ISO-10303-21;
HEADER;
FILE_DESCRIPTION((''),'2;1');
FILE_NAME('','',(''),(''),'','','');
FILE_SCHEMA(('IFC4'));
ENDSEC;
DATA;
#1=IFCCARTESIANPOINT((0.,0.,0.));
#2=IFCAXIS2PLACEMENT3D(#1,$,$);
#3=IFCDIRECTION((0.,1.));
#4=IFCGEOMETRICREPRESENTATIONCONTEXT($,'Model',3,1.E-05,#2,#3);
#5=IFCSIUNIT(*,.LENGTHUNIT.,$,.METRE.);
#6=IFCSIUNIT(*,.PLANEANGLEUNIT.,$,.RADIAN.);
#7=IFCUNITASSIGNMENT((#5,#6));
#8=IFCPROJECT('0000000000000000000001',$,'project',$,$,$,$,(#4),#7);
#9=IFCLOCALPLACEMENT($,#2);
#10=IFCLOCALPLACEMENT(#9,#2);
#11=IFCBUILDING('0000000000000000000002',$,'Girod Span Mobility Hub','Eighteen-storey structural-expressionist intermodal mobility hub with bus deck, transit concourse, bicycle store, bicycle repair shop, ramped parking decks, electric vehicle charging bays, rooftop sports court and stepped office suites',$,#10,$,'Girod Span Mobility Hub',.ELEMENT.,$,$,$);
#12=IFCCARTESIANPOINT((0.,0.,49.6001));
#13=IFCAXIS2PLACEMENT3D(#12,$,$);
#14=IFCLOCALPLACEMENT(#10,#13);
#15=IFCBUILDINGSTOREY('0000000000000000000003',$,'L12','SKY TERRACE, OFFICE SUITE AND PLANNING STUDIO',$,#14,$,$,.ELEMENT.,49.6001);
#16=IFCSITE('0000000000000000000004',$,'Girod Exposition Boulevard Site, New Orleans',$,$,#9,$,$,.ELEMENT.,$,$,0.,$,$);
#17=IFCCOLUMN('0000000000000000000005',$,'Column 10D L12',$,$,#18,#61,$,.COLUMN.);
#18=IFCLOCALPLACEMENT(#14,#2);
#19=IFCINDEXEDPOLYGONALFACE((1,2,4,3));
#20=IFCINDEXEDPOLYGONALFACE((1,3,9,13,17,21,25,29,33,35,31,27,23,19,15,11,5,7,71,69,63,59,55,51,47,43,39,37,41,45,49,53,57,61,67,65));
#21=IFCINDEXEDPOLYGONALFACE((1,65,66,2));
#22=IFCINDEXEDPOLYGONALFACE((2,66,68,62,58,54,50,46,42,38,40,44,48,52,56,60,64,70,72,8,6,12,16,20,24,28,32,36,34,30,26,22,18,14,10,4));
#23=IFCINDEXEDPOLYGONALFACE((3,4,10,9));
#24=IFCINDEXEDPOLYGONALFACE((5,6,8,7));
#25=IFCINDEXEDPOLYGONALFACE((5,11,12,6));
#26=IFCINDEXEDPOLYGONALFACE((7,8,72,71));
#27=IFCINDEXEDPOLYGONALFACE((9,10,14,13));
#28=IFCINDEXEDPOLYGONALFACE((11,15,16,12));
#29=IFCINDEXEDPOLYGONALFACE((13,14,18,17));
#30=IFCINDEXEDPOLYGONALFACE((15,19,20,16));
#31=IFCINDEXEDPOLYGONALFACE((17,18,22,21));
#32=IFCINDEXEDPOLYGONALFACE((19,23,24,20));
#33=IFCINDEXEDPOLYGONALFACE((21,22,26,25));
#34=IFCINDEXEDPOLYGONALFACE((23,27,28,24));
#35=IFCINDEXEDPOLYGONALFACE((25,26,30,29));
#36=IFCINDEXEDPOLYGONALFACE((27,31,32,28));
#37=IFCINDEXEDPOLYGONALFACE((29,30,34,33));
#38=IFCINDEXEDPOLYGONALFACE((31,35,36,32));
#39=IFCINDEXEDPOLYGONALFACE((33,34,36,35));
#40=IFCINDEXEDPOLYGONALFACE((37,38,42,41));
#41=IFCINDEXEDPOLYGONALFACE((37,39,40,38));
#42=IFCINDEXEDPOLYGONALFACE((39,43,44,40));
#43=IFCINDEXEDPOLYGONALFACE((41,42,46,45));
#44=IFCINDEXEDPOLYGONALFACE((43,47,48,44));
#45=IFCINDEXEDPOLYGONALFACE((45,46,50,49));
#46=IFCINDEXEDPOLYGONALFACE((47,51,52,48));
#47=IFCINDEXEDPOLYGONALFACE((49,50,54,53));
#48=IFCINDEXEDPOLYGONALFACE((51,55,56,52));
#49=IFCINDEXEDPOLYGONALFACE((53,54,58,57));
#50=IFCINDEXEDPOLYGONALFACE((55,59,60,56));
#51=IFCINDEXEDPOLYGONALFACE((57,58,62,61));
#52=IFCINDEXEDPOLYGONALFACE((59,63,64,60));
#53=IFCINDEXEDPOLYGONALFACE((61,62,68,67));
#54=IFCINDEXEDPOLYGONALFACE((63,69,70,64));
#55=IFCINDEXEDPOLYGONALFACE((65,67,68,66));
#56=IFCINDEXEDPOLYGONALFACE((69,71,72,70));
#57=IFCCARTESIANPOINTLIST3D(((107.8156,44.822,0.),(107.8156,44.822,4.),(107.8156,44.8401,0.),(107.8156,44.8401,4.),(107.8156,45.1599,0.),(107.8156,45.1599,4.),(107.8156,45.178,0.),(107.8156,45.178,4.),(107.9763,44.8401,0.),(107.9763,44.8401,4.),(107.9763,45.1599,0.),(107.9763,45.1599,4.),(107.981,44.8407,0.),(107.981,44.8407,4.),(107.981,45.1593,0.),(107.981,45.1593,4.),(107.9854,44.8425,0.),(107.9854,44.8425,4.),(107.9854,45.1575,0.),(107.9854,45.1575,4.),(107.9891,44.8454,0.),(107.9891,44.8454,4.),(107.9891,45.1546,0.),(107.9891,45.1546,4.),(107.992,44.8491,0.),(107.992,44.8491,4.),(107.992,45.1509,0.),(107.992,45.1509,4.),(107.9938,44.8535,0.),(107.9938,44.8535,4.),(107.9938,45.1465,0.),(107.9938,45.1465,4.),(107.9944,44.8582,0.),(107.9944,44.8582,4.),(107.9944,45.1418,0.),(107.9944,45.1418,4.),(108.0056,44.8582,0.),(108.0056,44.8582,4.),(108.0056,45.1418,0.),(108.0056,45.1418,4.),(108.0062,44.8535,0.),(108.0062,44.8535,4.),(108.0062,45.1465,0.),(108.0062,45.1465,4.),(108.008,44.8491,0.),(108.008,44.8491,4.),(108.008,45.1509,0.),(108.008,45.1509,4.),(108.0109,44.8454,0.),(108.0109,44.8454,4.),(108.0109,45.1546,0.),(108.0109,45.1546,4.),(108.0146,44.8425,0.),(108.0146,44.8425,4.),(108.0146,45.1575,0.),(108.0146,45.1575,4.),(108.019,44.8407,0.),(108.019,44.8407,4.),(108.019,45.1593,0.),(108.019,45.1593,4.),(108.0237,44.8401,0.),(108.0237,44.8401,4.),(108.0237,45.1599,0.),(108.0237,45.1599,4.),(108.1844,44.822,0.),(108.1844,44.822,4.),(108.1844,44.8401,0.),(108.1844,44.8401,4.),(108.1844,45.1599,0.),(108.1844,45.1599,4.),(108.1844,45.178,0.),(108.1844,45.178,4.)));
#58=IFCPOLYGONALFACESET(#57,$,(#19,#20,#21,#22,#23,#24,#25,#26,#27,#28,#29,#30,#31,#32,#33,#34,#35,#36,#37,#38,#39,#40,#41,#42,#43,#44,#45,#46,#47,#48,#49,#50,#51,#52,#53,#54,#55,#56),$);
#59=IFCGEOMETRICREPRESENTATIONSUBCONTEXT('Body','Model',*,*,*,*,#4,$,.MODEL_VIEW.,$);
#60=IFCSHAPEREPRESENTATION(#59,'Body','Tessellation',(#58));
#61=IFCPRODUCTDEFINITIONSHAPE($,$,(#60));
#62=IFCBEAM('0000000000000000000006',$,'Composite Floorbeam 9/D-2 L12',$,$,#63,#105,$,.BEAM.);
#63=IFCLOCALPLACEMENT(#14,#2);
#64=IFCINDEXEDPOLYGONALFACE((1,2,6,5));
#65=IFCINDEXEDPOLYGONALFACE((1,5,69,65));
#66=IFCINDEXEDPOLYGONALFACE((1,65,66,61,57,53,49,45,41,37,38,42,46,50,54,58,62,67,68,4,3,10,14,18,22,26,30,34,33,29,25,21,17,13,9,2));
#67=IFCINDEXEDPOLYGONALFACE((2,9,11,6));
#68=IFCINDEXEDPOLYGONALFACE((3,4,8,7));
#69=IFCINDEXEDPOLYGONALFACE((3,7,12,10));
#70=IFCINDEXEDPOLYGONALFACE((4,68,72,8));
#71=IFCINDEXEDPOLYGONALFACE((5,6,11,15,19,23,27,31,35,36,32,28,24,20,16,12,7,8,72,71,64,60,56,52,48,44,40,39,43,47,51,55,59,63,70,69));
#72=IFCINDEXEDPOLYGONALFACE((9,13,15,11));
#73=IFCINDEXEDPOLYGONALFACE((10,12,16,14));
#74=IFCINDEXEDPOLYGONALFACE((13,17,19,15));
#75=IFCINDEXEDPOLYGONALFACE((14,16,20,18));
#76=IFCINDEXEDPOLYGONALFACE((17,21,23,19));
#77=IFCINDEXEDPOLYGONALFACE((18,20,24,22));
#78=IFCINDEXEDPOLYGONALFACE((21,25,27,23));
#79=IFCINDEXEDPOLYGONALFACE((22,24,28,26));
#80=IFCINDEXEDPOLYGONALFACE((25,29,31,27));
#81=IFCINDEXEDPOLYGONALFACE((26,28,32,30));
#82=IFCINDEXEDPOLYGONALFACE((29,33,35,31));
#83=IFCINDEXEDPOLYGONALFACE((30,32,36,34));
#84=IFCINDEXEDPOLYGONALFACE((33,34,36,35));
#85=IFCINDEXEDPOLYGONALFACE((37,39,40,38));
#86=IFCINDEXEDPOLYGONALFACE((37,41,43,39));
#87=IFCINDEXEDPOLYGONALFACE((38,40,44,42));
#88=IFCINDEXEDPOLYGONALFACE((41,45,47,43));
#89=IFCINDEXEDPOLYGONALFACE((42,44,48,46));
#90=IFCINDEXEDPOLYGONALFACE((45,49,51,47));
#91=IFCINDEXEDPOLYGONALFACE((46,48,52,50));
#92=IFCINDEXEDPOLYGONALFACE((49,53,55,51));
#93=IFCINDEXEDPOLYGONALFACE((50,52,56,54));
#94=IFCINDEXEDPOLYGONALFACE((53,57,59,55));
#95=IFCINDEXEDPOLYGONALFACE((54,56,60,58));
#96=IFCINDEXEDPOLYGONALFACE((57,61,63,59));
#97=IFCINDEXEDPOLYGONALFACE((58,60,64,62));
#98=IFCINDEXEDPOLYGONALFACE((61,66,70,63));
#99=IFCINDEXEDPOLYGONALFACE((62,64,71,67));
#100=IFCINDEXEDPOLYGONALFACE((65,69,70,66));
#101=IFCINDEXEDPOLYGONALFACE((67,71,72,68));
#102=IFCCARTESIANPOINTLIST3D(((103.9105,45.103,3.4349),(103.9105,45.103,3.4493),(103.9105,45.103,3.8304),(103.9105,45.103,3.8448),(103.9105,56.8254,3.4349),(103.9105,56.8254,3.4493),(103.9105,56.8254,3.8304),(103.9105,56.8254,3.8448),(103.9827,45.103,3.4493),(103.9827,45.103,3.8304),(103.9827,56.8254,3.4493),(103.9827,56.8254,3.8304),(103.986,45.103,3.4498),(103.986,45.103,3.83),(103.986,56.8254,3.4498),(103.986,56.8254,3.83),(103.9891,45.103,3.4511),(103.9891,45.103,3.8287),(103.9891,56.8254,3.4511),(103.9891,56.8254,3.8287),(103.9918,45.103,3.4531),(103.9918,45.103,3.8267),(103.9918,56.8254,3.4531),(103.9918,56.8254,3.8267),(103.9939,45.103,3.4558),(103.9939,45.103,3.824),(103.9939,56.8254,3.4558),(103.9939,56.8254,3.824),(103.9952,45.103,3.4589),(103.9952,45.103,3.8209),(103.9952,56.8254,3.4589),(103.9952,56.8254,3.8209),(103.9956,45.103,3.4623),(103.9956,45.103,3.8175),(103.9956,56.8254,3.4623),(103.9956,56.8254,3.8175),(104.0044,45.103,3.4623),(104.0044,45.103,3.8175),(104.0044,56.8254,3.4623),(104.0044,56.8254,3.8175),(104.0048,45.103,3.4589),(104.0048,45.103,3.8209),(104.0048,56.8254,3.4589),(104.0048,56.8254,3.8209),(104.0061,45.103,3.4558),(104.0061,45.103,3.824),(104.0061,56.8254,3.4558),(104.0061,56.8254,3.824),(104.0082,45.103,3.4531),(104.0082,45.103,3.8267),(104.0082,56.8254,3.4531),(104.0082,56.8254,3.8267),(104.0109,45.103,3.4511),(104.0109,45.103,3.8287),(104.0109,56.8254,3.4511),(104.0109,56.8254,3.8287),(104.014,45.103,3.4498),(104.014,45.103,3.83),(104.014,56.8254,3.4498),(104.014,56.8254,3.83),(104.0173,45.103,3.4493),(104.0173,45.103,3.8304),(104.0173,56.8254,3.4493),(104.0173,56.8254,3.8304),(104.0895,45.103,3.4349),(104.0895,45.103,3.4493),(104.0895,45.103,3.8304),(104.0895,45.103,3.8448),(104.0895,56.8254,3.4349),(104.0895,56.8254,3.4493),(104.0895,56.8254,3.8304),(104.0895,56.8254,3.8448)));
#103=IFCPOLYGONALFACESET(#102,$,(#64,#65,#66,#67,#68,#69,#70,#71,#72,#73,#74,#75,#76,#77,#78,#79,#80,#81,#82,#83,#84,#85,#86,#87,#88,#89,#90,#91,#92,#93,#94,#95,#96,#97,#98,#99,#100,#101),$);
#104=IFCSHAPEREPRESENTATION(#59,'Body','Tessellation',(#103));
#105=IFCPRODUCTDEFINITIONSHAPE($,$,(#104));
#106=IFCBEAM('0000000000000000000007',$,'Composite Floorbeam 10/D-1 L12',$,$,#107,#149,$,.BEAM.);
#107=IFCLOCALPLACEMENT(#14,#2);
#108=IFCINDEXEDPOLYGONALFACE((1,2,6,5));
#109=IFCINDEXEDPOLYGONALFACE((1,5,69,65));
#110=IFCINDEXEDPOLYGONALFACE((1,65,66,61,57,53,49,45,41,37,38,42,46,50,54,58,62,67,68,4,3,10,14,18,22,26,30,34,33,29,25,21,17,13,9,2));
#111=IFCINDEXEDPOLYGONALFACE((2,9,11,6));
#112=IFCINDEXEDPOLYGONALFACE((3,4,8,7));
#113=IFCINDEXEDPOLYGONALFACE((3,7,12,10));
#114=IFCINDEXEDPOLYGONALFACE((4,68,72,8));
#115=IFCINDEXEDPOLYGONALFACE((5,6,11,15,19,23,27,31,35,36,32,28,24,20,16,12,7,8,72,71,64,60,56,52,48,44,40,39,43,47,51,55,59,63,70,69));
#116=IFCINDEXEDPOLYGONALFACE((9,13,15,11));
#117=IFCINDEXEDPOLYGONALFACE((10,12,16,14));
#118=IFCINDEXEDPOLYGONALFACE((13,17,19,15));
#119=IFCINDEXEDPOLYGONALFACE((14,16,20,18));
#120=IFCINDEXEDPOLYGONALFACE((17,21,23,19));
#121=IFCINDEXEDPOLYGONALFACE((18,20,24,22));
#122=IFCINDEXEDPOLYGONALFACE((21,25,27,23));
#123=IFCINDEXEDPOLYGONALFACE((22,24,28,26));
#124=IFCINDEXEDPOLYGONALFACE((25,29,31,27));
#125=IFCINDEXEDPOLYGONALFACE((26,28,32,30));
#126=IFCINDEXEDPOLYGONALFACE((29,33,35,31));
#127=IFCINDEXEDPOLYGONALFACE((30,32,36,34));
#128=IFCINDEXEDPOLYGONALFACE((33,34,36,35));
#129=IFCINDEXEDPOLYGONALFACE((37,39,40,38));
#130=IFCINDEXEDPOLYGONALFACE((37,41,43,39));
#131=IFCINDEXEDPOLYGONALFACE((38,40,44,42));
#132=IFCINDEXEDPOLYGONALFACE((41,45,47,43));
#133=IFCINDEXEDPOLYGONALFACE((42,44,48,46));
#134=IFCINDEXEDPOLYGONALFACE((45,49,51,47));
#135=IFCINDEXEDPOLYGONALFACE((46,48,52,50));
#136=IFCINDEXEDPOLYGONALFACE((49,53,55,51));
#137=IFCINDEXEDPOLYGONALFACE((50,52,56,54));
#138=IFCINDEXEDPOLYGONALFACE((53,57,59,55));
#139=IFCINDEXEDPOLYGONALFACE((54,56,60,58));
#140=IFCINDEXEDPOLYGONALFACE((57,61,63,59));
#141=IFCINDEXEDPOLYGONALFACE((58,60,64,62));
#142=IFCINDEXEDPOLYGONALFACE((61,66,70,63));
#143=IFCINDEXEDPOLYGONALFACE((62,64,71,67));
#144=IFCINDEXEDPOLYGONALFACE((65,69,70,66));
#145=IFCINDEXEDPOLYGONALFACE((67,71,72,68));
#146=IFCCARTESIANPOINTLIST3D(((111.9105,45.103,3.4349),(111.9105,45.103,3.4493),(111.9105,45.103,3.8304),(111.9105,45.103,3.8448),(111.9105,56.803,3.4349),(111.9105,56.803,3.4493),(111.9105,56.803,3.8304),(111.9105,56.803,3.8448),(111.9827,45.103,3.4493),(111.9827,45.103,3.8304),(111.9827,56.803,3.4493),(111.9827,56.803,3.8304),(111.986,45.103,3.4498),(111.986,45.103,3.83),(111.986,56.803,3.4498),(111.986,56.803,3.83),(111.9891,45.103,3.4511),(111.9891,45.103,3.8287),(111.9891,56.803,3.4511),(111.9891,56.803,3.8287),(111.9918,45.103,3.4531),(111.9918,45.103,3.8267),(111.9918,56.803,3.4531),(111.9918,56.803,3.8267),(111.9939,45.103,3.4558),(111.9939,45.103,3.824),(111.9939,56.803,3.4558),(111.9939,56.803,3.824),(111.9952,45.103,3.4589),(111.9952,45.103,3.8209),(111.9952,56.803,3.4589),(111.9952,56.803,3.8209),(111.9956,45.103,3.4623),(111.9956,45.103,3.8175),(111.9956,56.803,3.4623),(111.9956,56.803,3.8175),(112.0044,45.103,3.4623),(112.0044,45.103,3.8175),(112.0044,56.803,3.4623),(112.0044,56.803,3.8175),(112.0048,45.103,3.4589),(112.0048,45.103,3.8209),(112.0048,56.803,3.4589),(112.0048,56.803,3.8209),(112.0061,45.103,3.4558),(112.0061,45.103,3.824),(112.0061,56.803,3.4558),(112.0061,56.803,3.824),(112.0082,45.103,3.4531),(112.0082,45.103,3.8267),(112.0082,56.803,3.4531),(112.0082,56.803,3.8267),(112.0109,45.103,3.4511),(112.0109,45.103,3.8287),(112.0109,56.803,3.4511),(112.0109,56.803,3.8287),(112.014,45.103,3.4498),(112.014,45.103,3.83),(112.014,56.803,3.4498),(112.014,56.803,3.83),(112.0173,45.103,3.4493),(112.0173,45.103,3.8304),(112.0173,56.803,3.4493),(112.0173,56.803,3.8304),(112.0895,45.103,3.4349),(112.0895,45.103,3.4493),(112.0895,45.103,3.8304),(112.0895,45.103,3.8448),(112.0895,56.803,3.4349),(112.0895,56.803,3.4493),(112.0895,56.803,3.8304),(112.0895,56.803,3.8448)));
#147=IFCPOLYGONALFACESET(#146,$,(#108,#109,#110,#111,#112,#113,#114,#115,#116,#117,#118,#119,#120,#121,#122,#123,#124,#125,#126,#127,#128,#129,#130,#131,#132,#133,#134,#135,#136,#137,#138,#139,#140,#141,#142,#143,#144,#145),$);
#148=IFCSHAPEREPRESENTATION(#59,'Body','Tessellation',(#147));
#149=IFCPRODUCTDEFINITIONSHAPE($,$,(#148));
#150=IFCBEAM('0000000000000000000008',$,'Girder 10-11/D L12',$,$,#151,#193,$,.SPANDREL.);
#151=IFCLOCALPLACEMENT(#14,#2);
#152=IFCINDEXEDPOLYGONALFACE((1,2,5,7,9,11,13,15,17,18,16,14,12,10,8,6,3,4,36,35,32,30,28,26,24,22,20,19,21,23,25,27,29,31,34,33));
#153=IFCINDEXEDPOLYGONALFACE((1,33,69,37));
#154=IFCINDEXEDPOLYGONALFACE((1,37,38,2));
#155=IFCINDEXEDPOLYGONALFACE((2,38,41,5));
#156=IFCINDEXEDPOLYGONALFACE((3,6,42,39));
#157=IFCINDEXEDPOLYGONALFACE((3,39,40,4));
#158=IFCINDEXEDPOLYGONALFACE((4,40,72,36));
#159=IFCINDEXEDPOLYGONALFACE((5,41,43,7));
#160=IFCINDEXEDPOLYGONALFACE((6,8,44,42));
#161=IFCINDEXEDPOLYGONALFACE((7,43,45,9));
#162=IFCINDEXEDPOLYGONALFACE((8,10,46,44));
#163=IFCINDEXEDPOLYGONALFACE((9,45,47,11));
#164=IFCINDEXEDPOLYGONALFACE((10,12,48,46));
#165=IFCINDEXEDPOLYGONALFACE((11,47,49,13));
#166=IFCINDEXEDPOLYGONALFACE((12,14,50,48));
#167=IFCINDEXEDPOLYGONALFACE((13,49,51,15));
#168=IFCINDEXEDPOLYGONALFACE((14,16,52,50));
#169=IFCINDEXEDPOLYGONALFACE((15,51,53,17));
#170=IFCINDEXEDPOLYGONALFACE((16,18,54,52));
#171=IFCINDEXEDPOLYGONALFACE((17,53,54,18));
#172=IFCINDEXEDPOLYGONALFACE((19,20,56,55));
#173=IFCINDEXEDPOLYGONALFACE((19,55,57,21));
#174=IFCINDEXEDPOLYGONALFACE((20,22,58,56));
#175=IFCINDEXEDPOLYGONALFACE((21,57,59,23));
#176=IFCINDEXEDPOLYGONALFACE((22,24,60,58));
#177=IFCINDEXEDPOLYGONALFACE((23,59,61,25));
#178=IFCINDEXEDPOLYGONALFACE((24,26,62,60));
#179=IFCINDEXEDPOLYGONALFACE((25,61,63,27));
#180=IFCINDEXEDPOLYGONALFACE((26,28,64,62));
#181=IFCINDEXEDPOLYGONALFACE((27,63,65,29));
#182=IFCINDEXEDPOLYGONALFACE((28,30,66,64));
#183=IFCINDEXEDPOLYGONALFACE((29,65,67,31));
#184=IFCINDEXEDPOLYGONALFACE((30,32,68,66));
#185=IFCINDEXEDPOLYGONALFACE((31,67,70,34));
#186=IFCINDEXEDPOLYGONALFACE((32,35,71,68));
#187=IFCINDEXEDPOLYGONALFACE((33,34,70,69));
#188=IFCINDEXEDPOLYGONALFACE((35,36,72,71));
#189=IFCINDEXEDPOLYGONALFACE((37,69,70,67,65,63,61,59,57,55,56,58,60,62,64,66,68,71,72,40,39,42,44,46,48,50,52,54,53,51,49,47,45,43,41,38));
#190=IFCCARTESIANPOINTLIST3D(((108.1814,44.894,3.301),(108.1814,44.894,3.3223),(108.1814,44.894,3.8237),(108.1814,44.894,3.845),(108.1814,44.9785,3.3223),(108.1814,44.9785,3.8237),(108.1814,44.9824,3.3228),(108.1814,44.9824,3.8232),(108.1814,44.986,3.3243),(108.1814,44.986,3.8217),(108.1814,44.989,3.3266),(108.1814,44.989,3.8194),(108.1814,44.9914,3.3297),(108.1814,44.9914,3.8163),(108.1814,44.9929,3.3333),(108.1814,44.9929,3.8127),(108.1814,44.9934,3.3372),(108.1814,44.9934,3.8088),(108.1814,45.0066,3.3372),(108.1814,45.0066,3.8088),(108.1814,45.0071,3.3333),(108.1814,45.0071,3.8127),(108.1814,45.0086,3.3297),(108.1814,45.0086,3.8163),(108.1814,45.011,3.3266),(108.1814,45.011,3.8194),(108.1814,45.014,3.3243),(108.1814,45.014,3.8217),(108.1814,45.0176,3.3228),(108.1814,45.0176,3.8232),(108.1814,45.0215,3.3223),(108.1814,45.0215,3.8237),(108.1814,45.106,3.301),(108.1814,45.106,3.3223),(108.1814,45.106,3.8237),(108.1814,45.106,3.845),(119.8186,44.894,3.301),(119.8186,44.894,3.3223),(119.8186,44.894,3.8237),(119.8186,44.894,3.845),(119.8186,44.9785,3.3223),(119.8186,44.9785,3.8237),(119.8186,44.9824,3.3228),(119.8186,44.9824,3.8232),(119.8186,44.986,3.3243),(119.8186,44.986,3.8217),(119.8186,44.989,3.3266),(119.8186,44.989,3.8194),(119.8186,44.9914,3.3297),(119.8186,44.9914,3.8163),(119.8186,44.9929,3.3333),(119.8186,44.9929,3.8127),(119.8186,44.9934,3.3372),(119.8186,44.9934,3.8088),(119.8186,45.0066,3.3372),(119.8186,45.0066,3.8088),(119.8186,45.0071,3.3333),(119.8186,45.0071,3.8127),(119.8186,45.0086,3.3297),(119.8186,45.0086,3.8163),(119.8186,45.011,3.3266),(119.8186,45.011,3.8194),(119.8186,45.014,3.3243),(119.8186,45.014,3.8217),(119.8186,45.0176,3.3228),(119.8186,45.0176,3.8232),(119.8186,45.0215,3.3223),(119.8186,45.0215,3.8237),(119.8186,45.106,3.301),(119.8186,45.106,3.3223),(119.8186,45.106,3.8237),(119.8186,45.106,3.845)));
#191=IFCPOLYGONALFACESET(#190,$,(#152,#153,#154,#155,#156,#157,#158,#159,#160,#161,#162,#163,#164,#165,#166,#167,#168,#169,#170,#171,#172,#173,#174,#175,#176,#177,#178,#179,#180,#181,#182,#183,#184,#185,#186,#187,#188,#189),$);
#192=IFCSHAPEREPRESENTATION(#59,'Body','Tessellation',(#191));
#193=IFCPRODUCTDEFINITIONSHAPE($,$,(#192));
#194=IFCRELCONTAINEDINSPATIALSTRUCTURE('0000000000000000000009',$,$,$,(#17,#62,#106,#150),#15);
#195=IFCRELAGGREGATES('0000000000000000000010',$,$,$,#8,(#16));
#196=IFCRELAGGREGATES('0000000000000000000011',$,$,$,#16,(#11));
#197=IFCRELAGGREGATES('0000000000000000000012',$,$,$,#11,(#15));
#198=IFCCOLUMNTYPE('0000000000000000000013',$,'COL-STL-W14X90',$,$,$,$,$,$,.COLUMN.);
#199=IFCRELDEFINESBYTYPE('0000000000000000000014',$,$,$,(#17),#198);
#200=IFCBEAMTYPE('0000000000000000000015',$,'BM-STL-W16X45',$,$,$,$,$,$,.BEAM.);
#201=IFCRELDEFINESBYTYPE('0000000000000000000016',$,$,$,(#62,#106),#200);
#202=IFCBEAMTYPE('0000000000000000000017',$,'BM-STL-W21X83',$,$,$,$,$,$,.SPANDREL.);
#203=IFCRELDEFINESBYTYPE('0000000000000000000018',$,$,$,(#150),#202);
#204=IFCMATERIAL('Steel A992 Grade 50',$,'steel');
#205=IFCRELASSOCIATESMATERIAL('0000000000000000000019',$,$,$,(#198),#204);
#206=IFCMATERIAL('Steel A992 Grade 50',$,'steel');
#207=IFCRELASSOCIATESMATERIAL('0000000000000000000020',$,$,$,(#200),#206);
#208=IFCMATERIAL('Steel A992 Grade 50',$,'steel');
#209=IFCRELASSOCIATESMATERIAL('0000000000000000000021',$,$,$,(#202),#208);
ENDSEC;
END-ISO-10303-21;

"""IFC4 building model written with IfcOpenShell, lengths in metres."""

from ifc_helpers import new_model, si_unit, direction, frame, origin, origin_2d, place, context, subcontext, project, spatial, i_section, extrude, material, material_profile, profile_set, type_object, element, save


model = new_model("IFC4")

# Units and contexts
model_context = context("Model", 3, precision=1e-05, world=origin(), true_north=direction((0.0, 1.0)))
body_context = subcontext(model_context, "Body", "Model", "MODEL_VIEW")
ifc_project = project(units=[si_unit("LENGTHUNIT", "METRE"), si_unit("PLANEANGLEUNIT", "RADIAN")], contexts=[model_context])

# Site, building, storey
site_placement = place(None, origin())
site = spatial("IfcSite", under=ifc_project, at=site_placement, Name="Girod Exposition Boulevard Site, New Orleans", CompositionType="ELEMENT", RefElevation=0.0)
building_placement = place(site_placement, origin())
building = spatial("IfcBuilding", under=site, at=building_placement, Name="Girod Span Mobility Hub", Description="Eighteen-storey structural-expressionist intermodal mobility hub with bus deck, transit concourse, bicycle store, bicycle repair shop, ramped parking decks, electric vehicle charging bays, rooftop sports court and stepped office suites", LongName="Girod Span Mobility Hub", CompositionType="ELEMENT")
storey_placement = place(building_placement, frame((0.0, 0.0, 49.6001)))
storey = spatial("IfcBuildingStorey", under=building, at=storey_placement, Name="L12", Description="SKY TERRACE, OFFICE SUITE AND PLANNING STUDIO", CompositionType="ELEMENT", Elevation=49.6001)

# Column
ifc_material_1 = material(Name="Steel A992 Grade 50", Category="steel")
ifc_material_profile_1 = material_profile(ifc_material_1, i_section(OverallWidth=0.3689, OverallDepth=0.356, WebThickness=0.0112, FlangeThickness=0.0181, FilletRadius=0.0181, at=origin_2d()), Name="W14X90")
ifc_profile_set_1 = profile_set([ifc_material_profile_1], Name="Steel A992 Grade 50")
column_type = type_object("IfcColumnType", Name="COL-STL-W14X90", PredefinedType="COLUMN", material=ifc_profile_set_1)
column_placement = place(storey_placement, frame((108.0, 45.0, 0.0), z_axis=(0.0, 0.0, 1.0), x_axis=(1.0, 0.0, 0.0)))
element("IfcColumn", 1, at=column_placement, inside=storey, type_object=column_type, Name="Column 10D L12", PredefinedType="COLUMN", context=body_context, shape_type="SweptSolid", body=[
    extrude(i_section(OverallWidth=0.3689, OverallDepth=0.356, WebThickness=0.0112, FlangeThickness=0.0181, FilletRadius=0.0181, at=origin_2d()), origin(), (0.0, 0.0, 1.0), 4.0),
])

# Beams
ifc_material_2 = material(Name="Steel A992 Grade 50", Category="steel")
ifc_material_profile_2 = material_profile(ifc_material_2, i_section(OverallWidth=0.179, OverallDepth=0.4099, WebThickness=0.0088, FlangeThickness=0.0144, FilletRadius=0.0129, at=origin_2d()), Name="W16X45")
ifc_profile_set_2 = profile_set([ifc_material_profile_2], Name="Steel A992 Grade 50")
beam_type_1 = type_object("IfcBeamType", Name="BM-STL-W16X45", PredefinedType="BEAM", material=ifc_profile_set_2)
beam_1_placement = place(storey_placement, frame((104.0, 45.103, 3.6399), z_axis=(0.0, 1.0, 0.0), x_axis=(-1.0, 0.0, 0.0)))
element("IfcBeam", 2, at=beam_1_placement, inside=storey, type_object=beam_type_1, Name="Composite Floorbeam 9/D-2 L12", PredefinedType="BEAM", context=body_context, shape_type="SweptSolid", body=[
    extrude(i_section(OverallWidth=0.179, OverallDepth=0.4099, WebThickness=0.0088, FlangeThickness=0.0144, FilletRadius=0.0129, at=origin_2d()), origin(), (0.0, 0.0, 1.0), 11.7224),
])
beam_2_placement = place(storey_placement, frame((112.0, 45.103, 3.6399), z_axis=(0.0, 1.0, 0.0), x_axis=(-1.0, 0.0, 0.0)))
element("IfcBeam", 3, at=beam_2_placement, inside=storey, type_object=beam_type_1, Name="Composite Floorbeam 10/D-1 L12", PredefinedType="BEAM", context=body_context, shape_type="SweptSolid", body=[
    extrude(i_section(OverallWidth=0.179, OverallDepth=0.4099, WebThickness=0.0088, FlangeThickness=0.0144, FilletRadius=0.0129, at=origin_2d()), origin(), (0.0, 0.0, 1.0), 11.7),
])
ifc_material_3 = material(Name="Steel A992 Grade 50", Category="steel")
ifc_material_profile_3 = material_profile(ifc_material_3, i_section(OverallWidth=0.2119, OverallDepth=0.5439, WebThickness=0.0132, FlangeThickness=0.0212, FilletRadius=0.0149, at=origin_2d()), Name="W21X83")
ifc_profile_set_3 = profile_set([ifc_material_profile_3], Name="Steel A992 Grade 50")
beam_type_2 = type_object("IfcBeamType", Name="BM-STL-W21X83", PredefinedType="SPANDREL", material=ifc_profile_set_3)
beam_3_placement = place(storey_placement, frame((108.1814, 45.0, 3.573), z_axis=(1.0, 0.0, 0.0), x_axis=(0.0, 1.0, 0.0)))
element("IfcBeam", 4, at=beam_3_placement, inside=storey, type_object=beam_type_2, Name="Girder 10-11/D L12", PredefinedType="SPANDREL", context=body_context, shape_type="SweptSolid", body=[
    extrude(i_section(OverallWidth=0.2119, OverallDepth=0.5439, WebThickness=0.0132, FlangeThickness=0.0212, FilletRadius=0.0149, at=origin_2d()), origin(), (0.0, 0.0, 1.0), 11.6372),
])

save(model, "model.ifc")
